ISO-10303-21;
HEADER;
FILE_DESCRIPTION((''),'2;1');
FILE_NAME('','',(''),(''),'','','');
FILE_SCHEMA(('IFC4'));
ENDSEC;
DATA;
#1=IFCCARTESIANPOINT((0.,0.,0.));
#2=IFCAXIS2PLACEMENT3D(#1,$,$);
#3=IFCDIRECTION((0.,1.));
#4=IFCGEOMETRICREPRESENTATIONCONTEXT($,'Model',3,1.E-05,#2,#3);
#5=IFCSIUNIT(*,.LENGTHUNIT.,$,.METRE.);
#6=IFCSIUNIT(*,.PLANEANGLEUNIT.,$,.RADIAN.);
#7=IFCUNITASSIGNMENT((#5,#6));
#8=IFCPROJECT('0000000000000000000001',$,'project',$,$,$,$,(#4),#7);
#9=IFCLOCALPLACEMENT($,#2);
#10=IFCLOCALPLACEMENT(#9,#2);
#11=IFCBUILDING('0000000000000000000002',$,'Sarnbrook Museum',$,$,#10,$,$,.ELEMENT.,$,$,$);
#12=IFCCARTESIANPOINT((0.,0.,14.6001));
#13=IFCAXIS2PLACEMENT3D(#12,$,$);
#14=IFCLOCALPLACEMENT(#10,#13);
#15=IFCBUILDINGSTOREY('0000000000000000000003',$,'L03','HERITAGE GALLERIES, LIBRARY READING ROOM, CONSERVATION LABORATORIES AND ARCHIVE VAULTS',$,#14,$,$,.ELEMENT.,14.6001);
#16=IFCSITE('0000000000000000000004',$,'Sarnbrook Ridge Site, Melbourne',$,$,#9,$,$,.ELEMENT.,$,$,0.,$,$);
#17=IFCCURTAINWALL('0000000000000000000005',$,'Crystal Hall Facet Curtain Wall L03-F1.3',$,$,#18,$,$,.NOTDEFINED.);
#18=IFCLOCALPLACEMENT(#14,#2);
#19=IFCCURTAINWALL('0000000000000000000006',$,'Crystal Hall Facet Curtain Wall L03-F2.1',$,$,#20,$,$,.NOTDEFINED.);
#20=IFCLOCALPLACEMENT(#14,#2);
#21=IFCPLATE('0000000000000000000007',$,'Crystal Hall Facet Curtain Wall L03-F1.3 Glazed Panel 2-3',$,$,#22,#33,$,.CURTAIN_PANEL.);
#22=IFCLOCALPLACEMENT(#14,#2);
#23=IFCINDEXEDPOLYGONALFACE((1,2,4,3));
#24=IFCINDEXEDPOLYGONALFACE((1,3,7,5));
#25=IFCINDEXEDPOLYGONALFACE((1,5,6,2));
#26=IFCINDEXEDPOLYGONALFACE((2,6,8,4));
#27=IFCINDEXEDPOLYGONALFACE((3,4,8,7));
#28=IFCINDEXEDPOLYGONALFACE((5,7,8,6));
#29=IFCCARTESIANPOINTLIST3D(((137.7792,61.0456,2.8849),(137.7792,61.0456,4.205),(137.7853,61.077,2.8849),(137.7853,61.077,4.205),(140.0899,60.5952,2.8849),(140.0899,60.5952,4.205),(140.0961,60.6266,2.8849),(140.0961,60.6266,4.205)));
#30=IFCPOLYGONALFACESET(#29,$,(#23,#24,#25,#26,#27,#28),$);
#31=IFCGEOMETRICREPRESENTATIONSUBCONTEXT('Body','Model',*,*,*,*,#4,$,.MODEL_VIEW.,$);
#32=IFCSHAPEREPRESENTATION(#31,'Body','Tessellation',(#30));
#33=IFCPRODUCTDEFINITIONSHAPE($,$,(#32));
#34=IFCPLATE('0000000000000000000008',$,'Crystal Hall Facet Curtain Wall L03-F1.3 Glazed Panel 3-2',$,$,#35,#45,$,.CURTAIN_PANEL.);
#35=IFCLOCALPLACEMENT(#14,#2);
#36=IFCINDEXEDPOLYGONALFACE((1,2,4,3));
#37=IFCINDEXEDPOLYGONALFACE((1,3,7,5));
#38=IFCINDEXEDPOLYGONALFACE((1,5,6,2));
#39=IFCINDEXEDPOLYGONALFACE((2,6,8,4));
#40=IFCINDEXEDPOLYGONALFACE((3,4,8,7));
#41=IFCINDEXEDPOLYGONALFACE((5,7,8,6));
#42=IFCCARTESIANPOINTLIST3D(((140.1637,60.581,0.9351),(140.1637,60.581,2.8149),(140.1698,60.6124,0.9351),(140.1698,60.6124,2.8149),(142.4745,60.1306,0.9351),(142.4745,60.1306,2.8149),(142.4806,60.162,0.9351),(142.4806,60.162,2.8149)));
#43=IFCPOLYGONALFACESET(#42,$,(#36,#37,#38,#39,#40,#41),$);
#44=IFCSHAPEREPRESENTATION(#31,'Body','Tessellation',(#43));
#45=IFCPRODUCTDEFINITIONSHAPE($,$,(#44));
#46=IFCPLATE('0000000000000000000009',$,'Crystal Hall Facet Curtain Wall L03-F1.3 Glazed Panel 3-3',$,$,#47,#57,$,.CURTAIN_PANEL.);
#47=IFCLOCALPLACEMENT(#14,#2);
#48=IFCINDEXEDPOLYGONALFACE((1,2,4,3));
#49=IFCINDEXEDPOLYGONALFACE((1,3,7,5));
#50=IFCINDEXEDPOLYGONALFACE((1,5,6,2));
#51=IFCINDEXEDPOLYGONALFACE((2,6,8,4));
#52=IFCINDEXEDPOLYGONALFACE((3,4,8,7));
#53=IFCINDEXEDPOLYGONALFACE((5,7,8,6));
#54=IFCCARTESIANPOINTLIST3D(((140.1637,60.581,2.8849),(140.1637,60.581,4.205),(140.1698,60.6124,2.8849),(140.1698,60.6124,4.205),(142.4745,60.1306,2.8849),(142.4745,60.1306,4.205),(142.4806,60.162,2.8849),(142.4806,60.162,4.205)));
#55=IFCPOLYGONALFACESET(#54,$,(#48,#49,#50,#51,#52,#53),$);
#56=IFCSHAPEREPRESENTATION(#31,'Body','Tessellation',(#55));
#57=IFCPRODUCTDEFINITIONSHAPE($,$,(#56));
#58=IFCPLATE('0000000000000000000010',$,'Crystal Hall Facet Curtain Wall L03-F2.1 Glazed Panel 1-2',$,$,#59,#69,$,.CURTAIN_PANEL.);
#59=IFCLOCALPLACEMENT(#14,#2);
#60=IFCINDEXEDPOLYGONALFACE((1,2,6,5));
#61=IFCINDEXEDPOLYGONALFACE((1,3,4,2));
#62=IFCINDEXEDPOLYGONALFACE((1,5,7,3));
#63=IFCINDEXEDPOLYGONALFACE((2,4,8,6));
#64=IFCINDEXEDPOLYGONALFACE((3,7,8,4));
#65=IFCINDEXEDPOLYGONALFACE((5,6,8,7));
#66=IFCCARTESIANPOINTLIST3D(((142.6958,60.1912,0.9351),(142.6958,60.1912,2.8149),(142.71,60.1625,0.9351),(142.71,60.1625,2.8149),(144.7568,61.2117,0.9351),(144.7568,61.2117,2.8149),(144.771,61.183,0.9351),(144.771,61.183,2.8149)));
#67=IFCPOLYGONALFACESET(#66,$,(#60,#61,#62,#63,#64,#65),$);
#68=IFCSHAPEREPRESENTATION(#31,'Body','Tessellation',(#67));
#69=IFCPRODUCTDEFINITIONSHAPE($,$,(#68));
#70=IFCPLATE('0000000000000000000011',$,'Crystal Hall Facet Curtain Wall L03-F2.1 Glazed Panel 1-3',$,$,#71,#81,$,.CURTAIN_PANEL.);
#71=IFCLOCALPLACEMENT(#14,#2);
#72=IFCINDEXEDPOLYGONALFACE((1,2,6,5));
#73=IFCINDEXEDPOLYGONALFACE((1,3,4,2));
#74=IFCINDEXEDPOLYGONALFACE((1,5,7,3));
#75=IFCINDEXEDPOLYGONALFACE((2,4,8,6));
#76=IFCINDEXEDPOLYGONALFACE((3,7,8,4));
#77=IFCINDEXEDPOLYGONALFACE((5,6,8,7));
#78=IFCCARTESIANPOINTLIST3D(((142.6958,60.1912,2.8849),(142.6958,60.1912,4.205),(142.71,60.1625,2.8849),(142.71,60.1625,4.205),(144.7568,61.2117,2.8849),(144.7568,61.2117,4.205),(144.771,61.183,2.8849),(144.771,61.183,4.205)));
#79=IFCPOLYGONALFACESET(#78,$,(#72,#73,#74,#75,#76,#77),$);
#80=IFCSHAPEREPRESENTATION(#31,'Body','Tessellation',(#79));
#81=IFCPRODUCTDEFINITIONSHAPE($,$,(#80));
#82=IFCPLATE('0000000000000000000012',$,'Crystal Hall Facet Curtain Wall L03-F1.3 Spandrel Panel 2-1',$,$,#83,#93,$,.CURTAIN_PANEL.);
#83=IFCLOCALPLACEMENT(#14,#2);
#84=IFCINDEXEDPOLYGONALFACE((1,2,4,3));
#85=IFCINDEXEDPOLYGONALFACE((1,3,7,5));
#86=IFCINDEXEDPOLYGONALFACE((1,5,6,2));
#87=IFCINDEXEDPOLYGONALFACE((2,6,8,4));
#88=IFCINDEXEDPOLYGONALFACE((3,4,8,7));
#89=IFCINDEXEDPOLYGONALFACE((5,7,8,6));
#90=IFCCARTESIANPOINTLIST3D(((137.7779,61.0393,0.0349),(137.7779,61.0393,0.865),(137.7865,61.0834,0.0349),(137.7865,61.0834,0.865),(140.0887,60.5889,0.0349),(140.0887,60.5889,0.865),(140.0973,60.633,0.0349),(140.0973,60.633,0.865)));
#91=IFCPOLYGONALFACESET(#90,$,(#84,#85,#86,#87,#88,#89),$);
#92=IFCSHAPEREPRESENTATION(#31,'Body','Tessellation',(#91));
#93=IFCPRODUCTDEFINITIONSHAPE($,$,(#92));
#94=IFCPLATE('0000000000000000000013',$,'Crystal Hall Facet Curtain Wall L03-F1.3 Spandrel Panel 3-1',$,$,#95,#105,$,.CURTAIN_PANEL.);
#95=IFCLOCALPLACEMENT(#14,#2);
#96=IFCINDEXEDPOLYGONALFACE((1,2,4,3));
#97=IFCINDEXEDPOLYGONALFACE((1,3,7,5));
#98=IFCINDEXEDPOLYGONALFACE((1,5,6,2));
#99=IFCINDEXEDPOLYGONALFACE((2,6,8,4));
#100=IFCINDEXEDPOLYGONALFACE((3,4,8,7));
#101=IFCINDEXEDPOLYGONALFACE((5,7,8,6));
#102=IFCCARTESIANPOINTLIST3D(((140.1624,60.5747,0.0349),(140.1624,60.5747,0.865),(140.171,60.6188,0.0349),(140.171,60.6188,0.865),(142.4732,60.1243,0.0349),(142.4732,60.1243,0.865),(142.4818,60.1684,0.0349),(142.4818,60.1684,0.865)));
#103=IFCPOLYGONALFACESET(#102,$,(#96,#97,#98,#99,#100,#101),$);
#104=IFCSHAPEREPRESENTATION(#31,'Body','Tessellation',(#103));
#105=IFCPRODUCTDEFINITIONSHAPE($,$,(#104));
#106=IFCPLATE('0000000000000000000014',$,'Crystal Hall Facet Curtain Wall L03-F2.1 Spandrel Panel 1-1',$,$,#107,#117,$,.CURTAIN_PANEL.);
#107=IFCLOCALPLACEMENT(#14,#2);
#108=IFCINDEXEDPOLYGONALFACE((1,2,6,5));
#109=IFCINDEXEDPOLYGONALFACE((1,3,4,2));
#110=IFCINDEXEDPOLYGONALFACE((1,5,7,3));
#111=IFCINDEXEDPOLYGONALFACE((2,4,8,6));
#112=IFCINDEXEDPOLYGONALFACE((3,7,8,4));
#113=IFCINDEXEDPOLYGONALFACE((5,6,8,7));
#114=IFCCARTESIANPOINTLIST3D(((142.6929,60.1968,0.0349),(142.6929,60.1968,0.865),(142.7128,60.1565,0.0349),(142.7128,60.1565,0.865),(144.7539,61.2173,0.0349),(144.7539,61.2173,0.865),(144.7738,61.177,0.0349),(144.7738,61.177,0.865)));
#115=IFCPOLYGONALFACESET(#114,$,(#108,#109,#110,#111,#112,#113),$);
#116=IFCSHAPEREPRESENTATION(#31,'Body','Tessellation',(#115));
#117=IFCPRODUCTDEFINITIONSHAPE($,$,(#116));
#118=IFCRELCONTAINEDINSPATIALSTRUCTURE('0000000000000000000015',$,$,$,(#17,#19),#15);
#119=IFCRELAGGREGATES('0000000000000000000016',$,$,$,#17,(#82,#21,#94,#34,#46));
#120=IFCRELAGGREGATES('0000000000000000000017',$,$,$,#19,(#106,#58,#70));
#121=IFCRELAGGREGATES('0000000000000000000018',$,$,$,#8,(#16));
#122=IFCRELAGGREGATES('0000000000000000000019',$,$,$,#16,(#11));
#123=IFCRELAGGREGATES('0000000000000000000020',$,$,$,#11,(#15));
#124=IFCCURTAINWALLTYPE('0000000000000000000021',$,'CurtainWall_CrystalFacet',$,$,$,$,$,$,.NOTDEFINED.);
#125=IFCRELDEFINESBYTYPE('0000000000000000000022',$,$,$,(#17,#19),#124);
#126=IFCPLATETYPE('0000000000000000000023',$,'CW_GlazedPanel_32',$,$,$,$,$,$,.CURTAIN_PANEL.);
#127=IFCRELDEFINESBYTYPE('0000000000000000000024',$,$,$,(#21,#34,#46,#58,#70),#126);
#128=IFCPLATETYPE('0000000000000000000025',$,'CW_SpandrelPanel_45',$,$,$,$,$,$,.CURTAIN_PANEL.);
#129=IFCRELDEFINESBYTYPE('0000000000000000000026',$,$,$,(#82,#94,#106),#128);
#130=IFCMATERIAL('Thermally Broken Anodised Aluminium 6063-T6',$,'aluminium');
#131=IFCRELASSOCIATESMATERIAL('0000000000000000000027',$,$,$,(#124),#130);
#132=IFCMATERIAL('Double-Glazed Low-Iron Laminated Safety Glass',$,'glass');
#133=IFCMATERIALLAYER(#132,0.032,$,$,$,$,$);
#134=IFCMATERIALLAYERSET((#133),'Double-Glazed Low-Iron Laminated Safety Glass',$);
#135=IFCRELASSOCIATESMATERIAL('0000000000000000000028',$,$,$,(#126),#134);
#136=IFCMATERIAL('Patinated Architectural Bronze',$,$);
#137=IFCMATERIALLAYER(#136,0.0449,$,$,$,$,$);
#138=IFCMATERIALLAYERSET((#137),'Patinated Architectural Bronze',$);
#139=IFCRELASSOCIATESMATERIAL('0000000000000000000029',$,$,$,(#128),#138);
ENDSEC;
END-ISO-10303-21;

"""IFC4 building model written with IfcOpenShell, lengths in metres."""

from ifc_helpers import new_model, si_unit, direction, frame, origin, origin_2d, place, context, subcontext, project, spatial, rectangle, extrude, material, layer, layer_set, type_object, element, aggregate, save


model = new_model("IFC4")

# Units and contexts
model_context = context("Model", 3, precision=1e-05, world=origin(), true_north=direction((0.0, 1.0)))
body_context = subcontext(model_context, "Body", "Model", "MODEL_VIEW")
ifc_project = project(units=[si_unit("LENGTHUNIT", "METRE"), si_unit("PLANEANGLEUNIT", "RADIAN")], contexts=[model_context])

# Site, building, storey
site_placement = place(None, origin())
site = spatial("IfcSite", under=ifc_project, at=site_placement, Name="Sarnbrook Ridge Site, Melbourne", CompositionType="ELEMENT", RefElevation=0.0)
building_placement = place(site_placement, origin())
building = spatial("IfcBuilding", under=site, at=building_placement, Name="Sarnbrook Museum", CompositionType="ELEMENT")
storey_placement = place(building_placement, frame((0.0, 0.0, 14.6001)))
storey = spatial("IfcBuildingStorey", under=building, at=storey_placement, Name="L03", Description="HERITAGE GALLERIES, LIBRARY READING ROOM, CONSERVATION LABORATORIES AND ARCHIVE VAULTS", CompositionType="ELEMENT", Elevation=14.6001)

# Curtain walls
ifc_material_1 = material(Name="Thermally Broken Anodised Aluminium 6063-T6", Category="aluminium")
curtain_wall_type = type_object("IfcCurtainWallType", Name="CurtainWall_CrystalFacet", PredefinedType="NOTDEFINED", material=ifc_material_1)
curtain_wall_1_placement = place(storey_placement, origin())
curtain_wall_1 = element("IfcCurtainWall", 1, at=curtain_wall_1_placement, inside=storey, type_object=curtain_wall_type, Name="Crystal Hall Facet Curtain Wall L03-F1.3", PredefinedType="NOTDEFINED")
curtain_wall_2_placement = place(storey_placement, origin())
curtain_wall_2 = element("IfcCurtainWall", 2, at=curtain_wall_2_placement, inside=storey, type_object=curtain_wall_type, Name="Crystal Hall Facet Curtain Wall L03-F2.1", PredefinedType="NOTDEFINED")

# Plates
ifc_material_2 = material(Name="Double-Glazed Low-Iron Laminated Safety Glass", Category="glass")
ifc_layer_1 = layer(ifc_material_2, 0.032)
ifc_layer_set_1 = layer_set([ifc_layer_1], Name="Double-Glazed Low-Iron Laminated Safety Glass")
plate_type_1 = type_object("IfcPlateType", Name="CW_GlazedPanel_32", PredefinedType="CURTAIN_PANEL", material=ifc_layer_set_1)
plate_1_placement = place(storey_placement, frame((138.9407, 60.8518, 3.5449), z_axis=(-0.191314, -0.981529, 0.0), x_axis=(0.981529, -0.191314, 0.0)))
plate_1 = element("IfcPlate", 3, at=plate_1_placement, type_object=plate_type_1, Name="Crystal Hall Facet Curtain Wall L03-F1.3 Glazed Panel 2-3", PredefinedType="CURTAIN_PANEL", context=body_context, shape_type="SweptSolid", body=[
    extrude(rectangle(XDim=2.3542, YDim=1.3201, at=origin_2d()), origin(), (0.0, 0.0, 1.0), 0.032),
])
plate_2_placement = place(storey_placement, frame((141.3252, 60.3872, 1.875), z_axis=(-0.191314, -0.981529, 0.0), x_axis=(0.981529, -0.191314, 0.0)))
plate_2 = element("IfcPlate", 4, at=plate_2_placement, type_object=plate_type_1, Name="Crystal Hall Facet Curtain Wall L03-F1.3 Glazed Panel 3-2", PredefinedType="CURTAIN_PANEL", context=body_context, shape_type="SweptSolid", body=[
    extrude(rectangle(XDim=2.3542, YDim=1.8799, at=origin_2d()), origin(), (0.0, 0.0, 1.0), 0.032),
])
plate_3_placement = place(storey_placement, frame((141.3252, 60.3872, 3.5449), z_axis=(-0.191314, -0.981529, 0.0), x_axis=(0.981529, -0.191314, 0.0)))
plate_3 = element("IfcPlate", 5, at=plate_3_placement, type_object=plate_type_1, Name="Crystal Hall Facet Curtain Wall L03-F1.3 Glazed Panel 3-3", PredefinedType="CURTAIN_PANEL", context=body_context, shape_type="SweptSolid", body=[
    extrude(rectangle(XDim=2.3542, YDim=1.3201, at=origin_2d()), origin(), (0.0, 0.0, 1.0), 0.032),
])
plate_4_placement = place(storey_placement, frame((143.7263, 60.7014, 1.875), z_axis=(0.443731, -0.89616, 0.0), x_axis=(0.89616, 0.443731, 0.0)))
plate_4 = element("IfcPlate", 6, at=plate_4_placement, type_object=plate_type_1, Name="Crystal Hall Facet Curtain Wall L03-F2.1 Glazed Panel 1-2", PredefinedType="CURTAIN_PANEL", context=body_context, shape_type="SweptSolid", body=[
    extrude(rectangle(XDim=2.2998, YDim=1.8799, at=origin_2d()), origin(), (0.0, 0.0, 1.0), 0.032),
])
plate_5_placement = place(storey_placement, frame((143.7263, 60.7014, 3.5449), z_axis=(0.443731, -0.89616, 0.0), x_axis=(0.89616, 0.443731, 0.0)))
plate_5 = element("IfcPlate", 7, at=plate_5_placement, type_object=plate_type_1, Name="Crystal Hall Facet Curtain Wall L03-F2.1 Glazed Panel 1-3", PredefinedType="CURTAIN_PANEL", context=body_context, shape_type="SweptSolid", body=[
    extrude(rectangle(XDim=2.2998, YDim=1.3201, at=origin_2d()), origin(), (0.0, 0.0, 1.0), 0.032),
])
ifc_material_3 = material(Name="Patinated Architectural Bronze")
ifc_layer_2 = layer(ifc_material_3, 0.0449)
ifc_layer_set_2 = layer_set([ifc_layer_2], Name="Patinated Architectural Bronze")
plate_type_2 = type_object("IfcPlateType", Name="CW_SpandrelPanel_45", PredefinedType="CURTAIN_PANEL", material=ifc_layer_set_2)
plate_6_placement = place(storey_placement, frame((138.9419, 60.8582, 0.45), z_axis=(-0.191314, -0.981529, 0.0), x_axis=(0.981529, -0.191314, 0.0)))
plate_6 = element("IfcPlate", 8, at=plate_6_placement, type_object=plate_type_2, Name="Crystal Hall Facet Curtain Wall L03-F1.3 Spandrel Panel 2-1", PredefinedType="CURTAIN_PANEL", context=body_context, shape_type="SweptSolid", body=[
    extrude(rectangle(XDim=2.3542, YDim=0.8301, at=origin_2d()), origin(), (0.0, 0.0, 1.0), 0.0449),
])
plate_7_placement = place(storey_placement, frame((141.3264, 60.3936, 0.45), z_axis=(-0.191314, -0.981529, 0.0), x_axis=(0.981529, -0.191314, 0.0)))
plate_7 = element("IfcPlate", 9, at=plate_7_placement, type_object=plate_type_2, Name="Crystal Hall Facet Curtain Wall L03-F1.3 Spandrel Panel 3-1", PredefinedType="CURTAIN_PANEL", context=body_context, shape_type="SweptSolid", body=[
    extrude(rectangle(XDim=2.3542, YDim=0.8301, at=origin_2d()), origin(), (0.0, 0.0, 1.0), 0.0449),
])
aggregate(curtain_wall_1, [plate_6, plate_1, plate_7, plate_2, plate_3])
plate_8_placement = place(storey_placement, frame((143.7234, 60.707, 0.45), z_axis=(0.443731, -0.89616, 0.0), x_axis=(0.89616, 0.443731, 0.0)))
plate_8 = element("IfcPlate", 10, at=plate_8_placement, type_object=plate_type_2, Name="Crystal Hall Facet Curtain Wall L03-F2.1 Spandrel Panel 1-1", PredefinedType="CURTAIN_PANEL", context=body_context, shape_type="SweptSolid", body=[
    extrude(rectangle(XDim=2.2998, YDim=0.8301, at=origin_2d()), origin(), (0.0, 0.0, 1.0), 0.0449),
])
aggregate(curtain_wall_2, [plate_8, plate_4, plate_5])

save(model, "model.ifc")
